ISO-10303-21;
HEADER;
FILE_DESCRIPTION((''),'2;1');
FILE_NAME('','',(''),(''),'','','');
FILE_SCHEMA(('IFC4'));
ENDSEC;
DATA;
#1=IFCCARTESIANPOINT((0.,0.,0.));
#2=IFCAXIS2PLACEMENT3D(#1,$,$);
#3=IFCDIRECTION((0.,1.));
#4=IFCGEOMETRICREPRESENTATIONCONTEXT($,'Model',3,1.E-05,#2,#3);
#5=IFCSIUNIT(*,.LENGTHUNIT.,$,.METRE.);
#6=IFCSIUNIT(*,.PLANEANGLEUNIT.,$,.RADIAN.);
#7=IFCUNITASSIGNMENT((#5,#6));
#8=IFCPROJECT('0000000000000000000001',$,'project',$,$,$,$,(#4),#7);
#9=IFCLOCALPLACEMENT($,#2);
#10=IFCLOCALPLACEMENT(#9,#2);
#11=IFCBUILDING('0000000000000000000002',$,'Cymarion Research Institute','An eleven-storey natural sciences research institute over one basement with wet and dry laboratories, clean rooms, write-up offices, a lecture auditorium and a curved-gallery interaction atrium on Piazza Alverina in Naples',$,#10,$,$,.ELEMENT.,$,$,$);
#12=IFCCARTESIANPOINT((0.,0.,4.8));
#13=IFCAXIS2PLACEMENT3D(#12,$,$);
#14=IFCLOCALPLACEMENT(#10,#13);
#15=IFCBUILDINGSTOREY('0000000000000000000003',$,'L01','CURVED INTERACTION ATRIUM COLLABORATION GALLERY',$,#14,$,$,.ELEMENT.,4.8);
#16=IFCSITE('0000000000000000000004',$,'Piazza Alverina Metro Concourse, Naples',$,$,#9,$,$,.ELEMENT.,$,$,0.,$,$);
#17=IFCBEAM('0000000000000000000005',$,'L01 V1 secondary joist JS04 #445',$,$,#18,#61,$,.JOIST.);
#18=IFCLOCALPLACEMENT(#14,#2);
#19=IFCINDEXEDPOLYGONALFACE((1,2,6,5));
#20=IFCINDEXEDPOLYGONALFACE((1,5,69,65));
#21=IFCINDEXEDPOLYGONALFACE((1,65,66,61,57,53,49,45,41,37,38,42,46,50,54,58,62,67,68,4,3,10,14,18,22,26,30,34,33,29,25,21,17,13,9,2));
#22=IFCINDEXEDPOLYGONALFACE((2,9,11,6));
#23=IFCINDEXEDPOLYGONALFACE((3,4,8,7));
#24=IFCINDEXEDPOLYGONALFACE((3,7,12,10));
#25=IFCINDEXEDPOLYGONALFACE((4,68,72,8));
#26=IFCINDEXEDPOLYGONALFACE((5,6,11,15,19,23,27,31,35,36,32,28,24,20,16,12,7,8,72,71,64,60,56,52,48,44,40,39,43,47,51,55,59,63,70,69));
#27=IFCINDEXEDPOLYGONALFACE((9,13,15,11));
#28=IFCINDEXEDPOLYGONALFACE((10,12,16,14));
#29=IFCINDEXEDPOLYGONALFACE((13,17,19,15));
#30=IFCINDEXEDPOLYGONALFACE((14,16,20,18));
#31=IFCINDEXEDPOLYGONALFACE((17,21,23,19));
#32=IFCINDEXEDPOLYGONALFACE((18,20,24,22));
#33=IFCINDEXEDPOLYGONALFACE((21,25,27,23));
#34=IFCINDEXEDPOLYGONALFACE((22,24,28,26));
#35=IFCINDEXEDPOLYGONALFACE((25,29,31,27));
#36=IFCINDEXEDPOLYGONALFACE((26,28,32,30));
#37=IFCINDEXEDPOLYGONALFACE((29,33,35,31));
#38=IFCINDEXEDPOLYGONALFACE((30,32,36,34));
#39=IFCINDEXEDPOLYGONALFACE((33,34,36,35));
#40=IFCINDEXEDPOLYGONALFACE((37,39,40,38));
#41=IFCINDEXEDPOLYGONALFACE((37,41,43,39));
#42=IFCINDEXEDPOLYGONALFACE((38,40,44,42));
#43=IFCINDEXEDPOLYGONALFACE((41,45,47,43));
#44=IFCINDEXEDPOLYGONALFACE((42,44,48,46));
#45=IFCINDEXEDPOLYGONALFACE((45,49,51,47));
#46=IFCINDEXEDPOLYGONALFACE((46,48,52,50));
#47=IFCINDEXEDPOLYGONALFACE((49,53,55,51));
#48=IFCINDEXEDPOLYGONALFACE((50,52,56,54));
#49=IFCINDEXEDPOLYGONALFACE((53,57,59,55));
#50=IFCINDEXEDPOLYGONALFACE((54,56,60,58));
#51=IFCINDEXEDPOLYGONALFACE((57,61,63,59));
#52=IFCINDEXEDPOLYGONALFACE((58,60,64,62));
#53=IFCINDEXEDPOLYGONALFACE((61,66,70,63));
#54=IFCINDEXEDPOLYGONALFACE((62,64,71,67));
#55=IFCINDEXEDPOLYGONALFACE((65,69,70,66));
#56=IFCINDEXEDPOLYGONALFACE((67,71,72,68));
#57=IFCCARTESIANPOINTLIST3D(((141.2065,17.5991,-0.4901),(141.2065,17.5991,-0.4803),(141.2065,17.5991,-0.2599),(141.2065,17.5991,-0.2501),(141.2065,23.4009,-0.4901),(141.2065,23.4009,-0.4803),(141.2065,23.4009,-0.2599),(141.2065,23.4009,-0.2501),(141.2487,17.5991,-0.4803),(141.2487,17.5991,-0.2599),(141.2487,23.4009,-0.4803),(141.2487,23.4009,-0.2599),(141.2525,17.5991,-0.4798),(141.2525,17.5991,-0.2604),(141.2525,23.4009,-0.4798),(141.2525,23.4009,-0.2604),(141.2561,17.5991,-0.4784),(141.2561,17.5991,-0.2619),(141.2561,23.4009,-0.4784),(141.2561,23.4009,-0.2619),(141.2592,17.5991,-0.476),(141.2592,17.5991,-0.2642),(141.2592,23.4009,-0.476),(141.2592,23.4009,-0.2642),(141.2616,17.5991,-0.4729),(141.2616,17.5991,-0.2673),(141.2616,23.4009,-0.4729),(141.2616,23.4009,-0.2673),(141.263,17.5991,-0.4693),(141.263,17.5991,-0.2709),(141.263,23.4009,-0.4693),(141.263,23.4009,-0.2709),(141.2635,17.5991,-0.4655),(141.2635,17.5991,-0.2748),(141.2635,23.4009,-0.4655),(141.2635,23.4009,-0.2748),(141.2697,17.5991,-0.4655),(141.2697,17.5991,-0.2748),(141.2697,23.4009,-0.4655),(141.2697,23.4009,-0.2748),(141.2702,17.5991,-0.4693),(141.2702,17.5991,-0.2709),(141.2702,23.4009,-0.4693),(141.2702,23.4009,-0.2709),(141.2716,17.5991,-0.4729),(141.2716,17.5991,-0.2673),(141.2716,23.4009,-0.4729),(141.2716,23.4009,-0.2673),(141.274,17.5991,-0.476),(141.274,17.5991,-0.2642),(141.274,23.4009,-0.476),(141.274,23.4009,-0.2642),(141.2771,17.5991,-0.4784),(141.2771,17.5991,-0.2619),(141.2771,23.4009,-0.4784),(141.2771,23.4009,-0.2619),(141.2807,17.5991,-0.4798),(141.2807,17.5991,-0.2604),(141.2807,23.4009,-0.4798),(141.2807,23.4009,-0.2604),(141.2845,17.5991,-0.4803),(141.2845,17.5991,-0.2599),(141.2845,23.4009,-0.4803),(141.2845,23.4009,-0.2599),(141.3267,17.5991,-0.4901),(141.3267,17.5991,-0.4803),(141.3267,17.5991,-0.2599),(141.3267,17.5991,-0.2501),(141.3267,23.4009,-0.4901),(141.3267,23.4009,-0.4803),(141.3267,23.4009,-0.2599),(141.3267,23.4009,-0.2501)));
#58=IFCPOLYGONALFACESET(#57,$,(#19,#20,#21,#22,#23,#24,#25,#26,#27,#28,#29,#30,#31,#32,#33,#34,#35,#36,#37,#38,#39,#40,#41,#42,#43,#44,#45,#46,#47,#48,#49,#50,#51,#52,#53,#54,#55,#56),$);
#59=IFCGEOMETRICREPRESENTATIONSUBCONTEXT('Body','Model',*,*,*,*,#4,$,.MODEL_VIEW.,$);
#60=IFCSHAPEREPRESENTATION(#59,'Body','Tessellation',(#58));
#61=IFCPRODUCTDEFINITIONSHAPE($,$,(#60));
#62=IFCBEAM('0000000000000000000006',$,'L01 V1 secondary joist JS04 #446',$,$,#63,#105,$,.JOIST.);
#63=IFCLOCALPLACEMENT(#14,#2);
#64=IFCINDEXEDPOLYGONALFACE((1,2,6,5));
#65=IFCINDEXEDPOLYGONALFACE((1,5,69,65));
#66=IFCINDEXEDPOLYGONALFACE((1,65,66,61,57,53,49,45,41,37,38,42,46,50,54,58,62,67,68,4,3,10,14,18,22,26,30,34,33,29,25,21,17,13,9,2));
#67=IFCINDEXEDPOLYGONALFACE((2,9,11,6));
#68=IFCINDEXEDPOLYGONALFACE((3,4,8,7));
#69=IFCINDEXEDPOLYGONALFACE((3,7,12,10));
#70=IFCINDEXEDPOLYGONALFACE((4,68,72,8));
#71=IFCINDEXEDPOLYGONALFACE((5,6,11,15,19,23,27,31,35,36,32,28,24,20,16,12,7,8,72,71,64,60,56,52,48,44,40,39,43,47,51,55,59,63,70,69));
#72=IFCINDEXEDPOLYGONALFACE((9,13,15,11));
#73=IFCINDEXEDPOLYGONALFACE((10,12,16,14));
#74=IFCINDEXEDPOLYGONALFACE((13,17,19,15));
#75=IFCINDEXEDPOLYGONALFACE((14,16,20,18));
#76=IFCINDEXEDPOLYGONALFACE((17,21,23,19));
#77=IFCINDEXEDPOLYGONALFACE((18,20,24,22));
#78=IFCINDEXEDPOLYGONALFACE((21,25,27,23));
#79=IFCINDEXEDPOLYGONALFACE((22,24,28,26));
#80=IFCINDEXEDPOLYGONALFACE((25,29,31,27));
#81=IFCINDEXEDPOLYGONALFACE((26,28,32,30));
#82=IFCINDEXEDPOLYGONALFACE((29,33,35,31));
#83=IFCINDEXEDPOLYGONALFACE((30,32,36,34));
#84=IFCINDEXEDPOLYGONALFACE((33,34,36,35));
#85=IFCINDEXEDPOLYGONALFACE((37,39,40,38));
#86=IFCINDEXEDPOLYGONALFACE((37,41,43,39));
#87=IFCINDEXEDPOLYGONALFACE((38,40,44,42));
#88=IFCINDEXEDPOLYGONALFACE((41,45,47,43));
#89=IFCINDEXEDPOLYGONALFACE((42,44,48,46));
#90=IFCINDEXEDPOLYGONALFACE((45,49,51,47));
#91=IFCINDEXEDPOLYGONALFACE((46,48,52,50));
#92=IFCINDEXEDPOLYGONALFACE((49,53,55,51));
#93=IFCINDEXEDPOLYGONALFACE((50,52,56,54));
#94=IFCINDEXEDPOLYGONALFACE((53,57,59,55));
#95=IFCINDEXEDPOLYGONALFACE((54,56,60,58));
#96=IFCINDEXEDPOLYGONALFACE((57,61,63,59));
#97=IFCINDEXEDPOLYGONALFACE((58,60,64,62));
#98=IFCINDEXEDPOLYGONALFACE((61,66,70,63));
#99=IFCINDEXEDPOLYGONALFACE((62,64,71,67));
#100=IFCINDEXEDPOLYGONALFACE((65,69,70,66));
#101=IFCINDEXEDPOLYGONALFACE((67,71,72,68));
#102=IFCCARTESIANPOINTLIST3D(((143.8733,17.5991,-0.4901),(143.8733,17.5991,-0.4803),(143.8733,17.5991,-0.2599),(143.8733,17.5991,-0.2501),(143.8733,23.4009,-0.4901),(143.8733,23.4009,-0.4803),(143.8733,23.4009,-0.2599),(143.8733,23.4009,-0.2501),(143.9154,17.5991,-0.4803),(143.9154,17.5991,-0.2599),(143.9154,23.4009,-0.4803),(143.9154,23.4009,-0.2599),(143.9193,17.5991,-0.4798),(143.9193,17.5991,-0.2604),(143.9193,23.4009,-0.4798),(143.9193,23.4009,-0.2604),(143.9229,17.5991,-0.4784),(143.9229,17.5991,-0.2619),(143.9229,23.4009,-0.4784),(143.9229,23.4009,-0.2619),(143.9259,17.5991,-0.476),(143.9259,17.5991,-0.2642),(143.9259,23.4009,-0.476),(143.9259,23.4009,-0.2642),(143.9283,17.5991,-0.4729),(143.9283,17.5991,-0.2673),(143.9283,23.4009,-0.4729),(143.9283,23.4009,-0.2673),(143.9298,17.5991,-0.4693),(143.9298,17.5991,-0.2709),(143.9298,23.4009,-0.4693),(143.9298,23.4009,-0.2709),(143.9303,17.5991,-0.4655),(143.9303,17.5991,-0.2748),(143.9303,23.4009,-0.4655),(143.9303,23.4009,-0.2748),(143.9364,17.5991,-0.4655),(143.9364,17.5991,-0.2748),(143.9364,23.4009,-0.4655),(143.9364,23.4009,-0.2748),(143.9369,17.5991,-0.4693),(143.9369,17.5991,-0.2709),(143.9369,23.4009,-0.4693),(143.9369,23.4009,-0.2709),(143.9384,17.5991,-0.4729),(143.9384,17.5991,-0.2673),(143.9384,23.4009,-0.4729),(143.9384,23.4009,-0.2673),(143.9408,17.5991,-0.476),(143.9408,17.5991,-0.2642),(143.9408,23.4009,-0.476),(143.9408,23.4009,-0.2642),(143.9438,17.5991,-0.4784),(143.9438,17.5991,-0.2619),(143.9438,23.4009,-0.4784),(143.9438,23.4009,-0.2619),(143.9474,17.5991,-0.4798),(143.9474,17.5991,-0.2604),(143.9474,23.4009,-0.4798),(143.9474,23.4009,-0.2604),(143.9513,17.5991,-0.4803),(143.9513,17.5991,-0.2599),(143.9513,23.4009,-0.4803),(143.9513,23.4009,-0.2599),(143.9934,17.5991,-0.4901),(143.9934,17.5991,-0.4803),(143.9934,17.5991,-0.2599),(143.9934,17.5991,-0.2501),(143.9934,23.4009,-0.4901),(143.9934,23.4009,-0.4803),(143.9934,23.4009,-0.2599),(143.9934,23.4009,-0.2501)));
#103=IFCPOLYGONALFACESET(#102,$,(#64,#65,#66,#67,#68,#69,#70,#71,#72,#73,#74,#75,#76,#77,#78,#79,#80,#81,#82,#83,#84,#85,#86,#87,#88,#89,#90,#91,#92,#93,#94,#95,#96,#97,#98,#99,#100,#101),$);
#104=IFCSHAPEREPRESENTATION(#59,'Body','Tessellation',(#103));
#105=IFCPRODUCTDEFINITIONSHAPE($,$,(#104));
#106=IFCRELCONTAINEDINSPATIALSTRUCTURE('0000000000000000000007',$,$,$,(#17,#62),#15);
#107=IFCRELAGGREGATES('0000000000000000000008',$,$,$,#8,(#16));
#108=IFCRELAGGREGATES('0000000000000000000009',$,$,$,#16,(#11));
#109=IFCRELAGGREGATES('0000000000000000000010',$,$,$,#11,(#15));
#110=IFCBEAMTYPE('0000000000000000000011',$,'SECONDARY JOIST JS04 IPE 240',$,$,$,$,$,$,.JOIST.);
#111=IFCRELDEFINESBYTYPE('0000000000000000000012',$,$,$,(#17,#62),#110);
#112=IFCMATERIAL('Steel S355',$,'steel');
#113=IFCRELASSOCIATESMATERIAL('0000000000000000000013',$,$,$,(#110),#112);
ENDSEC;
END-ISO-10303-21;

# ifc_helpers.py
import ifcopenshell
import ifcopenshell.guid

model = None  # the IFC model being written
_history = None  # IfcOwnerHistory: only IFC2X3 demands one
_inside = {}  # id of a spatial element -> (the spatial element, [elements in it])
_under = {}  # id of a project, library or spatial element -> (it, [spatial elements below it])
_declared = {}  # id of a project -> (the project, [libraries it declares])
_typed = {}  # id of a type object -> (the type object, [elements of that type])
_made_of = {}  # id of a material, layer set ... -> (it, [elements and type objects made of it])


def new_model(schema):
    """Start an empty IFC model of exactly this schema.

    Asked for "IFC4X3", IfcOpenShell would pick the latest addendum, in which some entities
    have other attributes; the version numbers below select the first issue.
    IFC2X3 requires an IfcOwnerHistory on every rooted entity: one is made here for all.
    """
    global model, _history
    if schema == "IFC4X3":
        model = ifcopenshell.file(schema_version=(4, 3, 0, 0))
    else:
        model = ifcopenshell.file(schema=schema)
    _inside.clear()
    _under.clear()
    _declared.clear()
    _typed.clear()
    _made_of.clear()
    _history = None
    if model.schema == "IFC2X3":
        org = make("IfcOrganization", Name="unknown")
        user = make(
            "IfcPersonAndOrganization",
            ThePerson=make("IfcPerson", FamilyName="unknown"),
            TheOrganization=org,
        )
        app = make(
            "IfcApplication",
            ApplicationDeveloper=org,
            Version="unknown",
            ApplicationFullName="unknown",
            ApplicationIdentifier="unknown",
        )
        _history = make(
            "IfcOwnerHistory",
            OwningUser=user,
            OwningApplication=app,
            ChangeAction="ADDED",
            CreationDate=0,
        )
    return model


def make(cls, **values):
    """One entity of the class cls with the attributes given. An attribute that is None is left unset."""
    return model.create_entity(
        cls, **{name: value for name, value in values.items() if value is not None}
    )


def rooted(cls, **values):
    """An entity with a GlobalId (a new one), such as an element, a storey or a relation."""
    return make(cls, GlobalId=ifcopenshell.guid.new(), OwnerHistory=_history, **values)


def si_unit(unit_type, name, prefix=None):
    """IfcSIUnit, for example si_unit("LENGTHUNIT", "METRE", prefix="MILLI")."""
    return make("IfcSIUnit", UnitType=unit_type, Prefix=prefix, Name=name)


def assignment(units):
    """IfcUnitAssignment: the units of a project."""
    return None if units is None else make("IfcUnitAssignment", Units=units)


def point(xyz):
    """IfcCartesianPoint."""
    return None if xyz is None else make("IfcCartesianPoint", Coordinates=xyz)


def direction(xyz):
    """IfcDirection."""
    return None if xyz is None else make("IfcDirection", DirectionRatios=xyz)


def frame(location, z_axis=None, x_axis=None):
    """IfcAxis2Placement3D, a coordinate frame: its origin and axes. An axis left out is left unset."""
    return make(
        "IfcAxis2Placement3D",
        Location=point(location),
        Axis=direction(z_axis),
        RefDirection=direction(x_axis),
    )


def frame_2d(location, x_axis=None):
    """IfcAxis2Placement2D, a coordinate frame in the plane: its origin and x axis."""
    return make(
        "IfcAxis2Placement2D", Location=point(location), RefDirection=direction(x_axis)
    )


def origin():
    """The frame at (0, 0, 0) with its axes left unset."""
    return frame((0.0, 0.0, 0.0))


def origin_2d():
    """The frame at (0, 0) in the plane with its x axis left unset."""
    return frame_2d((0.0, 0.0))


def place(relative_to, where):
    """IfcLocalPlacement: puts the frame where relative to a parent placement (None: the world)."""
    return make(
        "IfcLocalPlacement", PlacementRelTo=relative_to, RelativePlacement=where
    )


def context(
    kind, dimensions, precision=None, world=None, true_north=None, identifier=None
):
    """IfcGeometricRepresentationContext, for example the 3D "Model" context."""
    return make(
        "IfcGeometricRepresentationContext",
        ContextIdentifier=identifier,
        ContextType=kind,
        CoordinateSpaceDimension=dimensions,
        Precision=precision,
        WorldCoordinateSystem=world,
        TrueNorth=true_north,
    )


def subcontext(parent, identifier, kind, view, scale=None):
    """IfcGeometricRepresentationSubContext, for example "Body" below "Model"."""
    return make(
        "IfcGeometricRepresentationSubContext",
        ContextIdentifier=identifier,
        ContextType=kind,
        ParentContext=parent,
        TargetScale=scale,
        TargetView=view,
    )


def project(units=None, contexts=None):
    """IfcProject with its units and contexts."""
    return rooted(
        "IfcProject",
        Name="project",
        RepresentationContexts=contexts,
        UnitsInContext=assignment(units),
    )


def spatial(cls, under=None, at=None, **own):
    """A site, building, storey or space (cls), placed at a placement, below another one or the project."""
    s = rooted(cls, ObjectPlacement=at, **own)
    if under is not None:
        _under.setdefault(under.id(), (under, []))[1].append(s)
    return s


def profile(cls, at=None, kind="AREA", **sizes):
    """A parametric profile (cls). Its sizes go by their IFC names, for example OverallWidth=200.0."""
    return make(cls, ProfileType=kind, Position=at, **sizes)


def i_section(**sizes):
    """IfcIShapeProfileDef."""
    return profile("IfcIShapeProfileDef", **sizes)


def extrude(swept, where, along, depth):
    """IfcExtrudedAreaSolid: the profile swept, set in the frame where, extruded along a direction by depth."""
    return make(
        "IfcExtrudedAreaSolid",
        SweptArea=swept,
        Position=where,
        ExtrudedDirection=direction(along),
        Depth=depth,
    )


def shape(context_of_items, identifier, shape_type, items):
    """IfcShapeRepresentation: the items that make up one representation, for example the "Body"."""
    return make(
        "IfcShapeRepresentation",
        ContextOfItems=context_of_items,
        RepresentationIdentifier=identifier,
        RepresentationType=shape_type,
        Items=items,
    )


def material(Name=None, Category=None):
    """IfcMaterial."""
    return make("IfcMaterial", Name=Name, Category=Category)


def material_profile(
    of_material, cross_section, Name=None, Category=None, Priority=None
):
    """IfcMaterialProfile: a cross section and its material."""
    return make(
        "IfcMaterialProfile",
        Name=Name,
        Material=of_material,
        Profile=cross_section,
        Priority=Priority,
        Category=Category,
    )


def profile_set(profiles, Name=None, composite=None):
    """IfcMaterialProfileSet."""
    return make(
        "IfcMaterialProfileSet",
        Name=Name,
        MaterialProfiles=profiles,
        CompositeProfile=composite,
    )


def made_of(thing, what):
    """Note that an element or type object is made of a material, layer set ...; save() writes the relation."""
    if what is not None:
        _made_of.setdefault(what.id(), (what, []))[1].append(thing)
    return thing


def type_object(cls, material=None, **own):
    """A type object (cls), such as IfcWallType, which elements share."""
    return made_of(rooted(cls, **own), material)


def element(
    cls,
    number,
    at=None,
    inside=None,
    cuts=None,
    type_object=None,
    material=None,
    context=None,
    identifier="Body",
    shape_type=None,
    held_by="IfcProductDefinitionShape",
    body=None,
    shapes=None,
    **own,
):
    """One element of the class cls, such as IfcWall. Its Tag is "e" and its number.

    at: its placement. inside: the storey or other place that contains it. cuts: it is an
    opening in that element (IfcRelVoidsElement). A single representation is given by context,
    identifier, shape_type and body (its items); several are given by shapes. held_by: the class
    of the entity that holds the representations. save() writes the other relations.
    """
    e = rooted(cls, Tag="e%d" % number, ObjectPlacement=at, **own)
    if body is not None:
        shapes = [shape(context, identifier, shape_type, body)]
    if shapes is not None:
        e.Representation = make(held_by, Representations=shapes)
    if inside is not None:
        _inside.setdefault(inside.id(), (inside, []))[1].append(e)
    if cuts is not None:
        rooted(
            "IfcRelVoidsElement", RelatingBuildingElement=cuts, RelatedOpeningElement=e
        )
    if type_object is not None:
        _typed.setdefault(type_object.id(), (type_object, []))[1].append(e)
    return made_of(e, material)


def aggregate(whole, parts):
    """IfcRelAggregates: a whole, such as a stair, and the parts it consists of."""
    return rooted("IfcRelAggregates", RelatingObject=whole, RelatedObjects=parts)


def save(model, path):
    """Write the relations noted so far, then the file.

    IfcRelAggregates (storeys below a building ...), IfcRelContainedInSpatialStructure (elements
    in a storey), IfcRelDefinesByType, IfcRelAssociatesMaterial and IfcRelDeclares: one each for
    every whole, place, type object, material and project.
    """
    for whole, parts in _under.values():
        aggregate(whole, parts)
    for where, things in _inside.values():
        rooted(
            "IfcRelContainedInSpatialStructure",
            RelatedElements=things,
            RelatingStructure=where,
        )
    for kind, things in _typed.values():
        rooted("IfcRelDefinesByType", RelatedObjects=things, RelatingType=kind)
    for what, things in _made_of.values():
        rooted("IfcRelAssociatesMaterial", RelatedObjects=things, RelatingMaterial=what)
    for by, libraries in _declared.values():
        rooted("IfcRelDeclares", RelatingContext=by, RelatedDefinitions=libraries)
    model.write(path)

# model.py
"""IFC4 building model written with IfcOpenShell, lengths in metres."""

from ifc_helpers import new_model, si_unit, direction, frame, origin, origin_2d, place, context, subcontext, project, spatial, i_section, extrude, material, material_profile, profile_set, type_object, element, save


model = new_model("IFC4")

# Units and contexts
model_context = context("Model", 3, precision=1e-05, world=origin(), true_north=direction((0.0, 1.0)))
body_context = subcontext(model_context, "Body", "Model", "MODEL_VIEW")
ifc_project = project(units=[si_unit("LENGTHUNIT", "METRE"), si_unit("PLANEANGLEUNIT", "RADIAN")], contexts=[model_context])

# Site, building, storey
site_placement = place(None, origin())
site = spatial("IfcSite", under=ifc_project, at=site_placement, Name="Piazza Alverina Metro Concourse, Naples", CompositionType="ELEMENT", RefElevation=0.0)
building_placement = place(site_placement, origin())
building = spatial("IfcBuilding", under=site, at=building_placement, Name="Cymarion Research Institute", Description="An eleven-storey natural sciences research institute over one basement with wet and dry laboratories, clean rooms, write-up offices, a lecture auditorium and a curved-gallery interaction atrium on Piazza Alverina in Naples", CompositionType="ELEMENT")
storey_placement = place(building_placement, frame((0.0, 0.0, 4.8)))
storey = spatial("IfcBuildingStorey", under=building, at=storey_placement, Name="L01", Description="CURVED INTERACTION ATRIUM COLLABORATION GALLERY", CompositionType="ELEMENT", Elevation=4.8)

# Shared definitions
ifc_material_1 = material(Name="Steel S355", Category="steel")

# Beams
ifc_material_profile_1 = material_profile(ifc_material_1, i_section(OverallWidth=0.1201, OverallDepth=0.24, WebThickness=0.0061, FlangeThickness=0.0098, FilletRadius=0.0149, at=origin_2d()), Name="IPE 240")
ifc_profile_set_1 = profile_set([ifc_material_profile_1], Name="Steel S355")
beam_type_1 = type_object("IfcBeamType", Name="SECONDARY JOIST JS04 IPE 240", PredefinedType="JOIST", material=ifc_profile_set_1)
for number, where, z_axis, x_axis, name in (
    (1, (141.2666, 17.5991, -0.3701), (0.0, 1.0, 0.0), (-1.0, 0.0, 0.0), "L01 V1 secondary joist JS04 #445"),
    (2, (143.9333, 17.5991, -0.3701), (0.0, 1.0, 0.0), (-1.0, 0.0, 0.0), "L01 V1 secondary joist JS04 #446"),
):
    element("IfcBeam", number, at=place(storey_placement, frame(where, z_axis=z_axis, x_axis=x_axis)), inside=storey, type_object=beam_type_1, Name=name, PredefinedType="JOIST", context=body_context, shape_type="SweptSolid", body=[
        extrude(i_section(OverallWidth=0.1201, OverallDepth=0.24, WebThickness=0.0061, FlangeThickness=0.0098, FilletRadius=0.0149, at=origin_2d()), origin(), (0.0, 0.0, 1.0), 5.8018),
    ])

save(model, "model.ifc")
